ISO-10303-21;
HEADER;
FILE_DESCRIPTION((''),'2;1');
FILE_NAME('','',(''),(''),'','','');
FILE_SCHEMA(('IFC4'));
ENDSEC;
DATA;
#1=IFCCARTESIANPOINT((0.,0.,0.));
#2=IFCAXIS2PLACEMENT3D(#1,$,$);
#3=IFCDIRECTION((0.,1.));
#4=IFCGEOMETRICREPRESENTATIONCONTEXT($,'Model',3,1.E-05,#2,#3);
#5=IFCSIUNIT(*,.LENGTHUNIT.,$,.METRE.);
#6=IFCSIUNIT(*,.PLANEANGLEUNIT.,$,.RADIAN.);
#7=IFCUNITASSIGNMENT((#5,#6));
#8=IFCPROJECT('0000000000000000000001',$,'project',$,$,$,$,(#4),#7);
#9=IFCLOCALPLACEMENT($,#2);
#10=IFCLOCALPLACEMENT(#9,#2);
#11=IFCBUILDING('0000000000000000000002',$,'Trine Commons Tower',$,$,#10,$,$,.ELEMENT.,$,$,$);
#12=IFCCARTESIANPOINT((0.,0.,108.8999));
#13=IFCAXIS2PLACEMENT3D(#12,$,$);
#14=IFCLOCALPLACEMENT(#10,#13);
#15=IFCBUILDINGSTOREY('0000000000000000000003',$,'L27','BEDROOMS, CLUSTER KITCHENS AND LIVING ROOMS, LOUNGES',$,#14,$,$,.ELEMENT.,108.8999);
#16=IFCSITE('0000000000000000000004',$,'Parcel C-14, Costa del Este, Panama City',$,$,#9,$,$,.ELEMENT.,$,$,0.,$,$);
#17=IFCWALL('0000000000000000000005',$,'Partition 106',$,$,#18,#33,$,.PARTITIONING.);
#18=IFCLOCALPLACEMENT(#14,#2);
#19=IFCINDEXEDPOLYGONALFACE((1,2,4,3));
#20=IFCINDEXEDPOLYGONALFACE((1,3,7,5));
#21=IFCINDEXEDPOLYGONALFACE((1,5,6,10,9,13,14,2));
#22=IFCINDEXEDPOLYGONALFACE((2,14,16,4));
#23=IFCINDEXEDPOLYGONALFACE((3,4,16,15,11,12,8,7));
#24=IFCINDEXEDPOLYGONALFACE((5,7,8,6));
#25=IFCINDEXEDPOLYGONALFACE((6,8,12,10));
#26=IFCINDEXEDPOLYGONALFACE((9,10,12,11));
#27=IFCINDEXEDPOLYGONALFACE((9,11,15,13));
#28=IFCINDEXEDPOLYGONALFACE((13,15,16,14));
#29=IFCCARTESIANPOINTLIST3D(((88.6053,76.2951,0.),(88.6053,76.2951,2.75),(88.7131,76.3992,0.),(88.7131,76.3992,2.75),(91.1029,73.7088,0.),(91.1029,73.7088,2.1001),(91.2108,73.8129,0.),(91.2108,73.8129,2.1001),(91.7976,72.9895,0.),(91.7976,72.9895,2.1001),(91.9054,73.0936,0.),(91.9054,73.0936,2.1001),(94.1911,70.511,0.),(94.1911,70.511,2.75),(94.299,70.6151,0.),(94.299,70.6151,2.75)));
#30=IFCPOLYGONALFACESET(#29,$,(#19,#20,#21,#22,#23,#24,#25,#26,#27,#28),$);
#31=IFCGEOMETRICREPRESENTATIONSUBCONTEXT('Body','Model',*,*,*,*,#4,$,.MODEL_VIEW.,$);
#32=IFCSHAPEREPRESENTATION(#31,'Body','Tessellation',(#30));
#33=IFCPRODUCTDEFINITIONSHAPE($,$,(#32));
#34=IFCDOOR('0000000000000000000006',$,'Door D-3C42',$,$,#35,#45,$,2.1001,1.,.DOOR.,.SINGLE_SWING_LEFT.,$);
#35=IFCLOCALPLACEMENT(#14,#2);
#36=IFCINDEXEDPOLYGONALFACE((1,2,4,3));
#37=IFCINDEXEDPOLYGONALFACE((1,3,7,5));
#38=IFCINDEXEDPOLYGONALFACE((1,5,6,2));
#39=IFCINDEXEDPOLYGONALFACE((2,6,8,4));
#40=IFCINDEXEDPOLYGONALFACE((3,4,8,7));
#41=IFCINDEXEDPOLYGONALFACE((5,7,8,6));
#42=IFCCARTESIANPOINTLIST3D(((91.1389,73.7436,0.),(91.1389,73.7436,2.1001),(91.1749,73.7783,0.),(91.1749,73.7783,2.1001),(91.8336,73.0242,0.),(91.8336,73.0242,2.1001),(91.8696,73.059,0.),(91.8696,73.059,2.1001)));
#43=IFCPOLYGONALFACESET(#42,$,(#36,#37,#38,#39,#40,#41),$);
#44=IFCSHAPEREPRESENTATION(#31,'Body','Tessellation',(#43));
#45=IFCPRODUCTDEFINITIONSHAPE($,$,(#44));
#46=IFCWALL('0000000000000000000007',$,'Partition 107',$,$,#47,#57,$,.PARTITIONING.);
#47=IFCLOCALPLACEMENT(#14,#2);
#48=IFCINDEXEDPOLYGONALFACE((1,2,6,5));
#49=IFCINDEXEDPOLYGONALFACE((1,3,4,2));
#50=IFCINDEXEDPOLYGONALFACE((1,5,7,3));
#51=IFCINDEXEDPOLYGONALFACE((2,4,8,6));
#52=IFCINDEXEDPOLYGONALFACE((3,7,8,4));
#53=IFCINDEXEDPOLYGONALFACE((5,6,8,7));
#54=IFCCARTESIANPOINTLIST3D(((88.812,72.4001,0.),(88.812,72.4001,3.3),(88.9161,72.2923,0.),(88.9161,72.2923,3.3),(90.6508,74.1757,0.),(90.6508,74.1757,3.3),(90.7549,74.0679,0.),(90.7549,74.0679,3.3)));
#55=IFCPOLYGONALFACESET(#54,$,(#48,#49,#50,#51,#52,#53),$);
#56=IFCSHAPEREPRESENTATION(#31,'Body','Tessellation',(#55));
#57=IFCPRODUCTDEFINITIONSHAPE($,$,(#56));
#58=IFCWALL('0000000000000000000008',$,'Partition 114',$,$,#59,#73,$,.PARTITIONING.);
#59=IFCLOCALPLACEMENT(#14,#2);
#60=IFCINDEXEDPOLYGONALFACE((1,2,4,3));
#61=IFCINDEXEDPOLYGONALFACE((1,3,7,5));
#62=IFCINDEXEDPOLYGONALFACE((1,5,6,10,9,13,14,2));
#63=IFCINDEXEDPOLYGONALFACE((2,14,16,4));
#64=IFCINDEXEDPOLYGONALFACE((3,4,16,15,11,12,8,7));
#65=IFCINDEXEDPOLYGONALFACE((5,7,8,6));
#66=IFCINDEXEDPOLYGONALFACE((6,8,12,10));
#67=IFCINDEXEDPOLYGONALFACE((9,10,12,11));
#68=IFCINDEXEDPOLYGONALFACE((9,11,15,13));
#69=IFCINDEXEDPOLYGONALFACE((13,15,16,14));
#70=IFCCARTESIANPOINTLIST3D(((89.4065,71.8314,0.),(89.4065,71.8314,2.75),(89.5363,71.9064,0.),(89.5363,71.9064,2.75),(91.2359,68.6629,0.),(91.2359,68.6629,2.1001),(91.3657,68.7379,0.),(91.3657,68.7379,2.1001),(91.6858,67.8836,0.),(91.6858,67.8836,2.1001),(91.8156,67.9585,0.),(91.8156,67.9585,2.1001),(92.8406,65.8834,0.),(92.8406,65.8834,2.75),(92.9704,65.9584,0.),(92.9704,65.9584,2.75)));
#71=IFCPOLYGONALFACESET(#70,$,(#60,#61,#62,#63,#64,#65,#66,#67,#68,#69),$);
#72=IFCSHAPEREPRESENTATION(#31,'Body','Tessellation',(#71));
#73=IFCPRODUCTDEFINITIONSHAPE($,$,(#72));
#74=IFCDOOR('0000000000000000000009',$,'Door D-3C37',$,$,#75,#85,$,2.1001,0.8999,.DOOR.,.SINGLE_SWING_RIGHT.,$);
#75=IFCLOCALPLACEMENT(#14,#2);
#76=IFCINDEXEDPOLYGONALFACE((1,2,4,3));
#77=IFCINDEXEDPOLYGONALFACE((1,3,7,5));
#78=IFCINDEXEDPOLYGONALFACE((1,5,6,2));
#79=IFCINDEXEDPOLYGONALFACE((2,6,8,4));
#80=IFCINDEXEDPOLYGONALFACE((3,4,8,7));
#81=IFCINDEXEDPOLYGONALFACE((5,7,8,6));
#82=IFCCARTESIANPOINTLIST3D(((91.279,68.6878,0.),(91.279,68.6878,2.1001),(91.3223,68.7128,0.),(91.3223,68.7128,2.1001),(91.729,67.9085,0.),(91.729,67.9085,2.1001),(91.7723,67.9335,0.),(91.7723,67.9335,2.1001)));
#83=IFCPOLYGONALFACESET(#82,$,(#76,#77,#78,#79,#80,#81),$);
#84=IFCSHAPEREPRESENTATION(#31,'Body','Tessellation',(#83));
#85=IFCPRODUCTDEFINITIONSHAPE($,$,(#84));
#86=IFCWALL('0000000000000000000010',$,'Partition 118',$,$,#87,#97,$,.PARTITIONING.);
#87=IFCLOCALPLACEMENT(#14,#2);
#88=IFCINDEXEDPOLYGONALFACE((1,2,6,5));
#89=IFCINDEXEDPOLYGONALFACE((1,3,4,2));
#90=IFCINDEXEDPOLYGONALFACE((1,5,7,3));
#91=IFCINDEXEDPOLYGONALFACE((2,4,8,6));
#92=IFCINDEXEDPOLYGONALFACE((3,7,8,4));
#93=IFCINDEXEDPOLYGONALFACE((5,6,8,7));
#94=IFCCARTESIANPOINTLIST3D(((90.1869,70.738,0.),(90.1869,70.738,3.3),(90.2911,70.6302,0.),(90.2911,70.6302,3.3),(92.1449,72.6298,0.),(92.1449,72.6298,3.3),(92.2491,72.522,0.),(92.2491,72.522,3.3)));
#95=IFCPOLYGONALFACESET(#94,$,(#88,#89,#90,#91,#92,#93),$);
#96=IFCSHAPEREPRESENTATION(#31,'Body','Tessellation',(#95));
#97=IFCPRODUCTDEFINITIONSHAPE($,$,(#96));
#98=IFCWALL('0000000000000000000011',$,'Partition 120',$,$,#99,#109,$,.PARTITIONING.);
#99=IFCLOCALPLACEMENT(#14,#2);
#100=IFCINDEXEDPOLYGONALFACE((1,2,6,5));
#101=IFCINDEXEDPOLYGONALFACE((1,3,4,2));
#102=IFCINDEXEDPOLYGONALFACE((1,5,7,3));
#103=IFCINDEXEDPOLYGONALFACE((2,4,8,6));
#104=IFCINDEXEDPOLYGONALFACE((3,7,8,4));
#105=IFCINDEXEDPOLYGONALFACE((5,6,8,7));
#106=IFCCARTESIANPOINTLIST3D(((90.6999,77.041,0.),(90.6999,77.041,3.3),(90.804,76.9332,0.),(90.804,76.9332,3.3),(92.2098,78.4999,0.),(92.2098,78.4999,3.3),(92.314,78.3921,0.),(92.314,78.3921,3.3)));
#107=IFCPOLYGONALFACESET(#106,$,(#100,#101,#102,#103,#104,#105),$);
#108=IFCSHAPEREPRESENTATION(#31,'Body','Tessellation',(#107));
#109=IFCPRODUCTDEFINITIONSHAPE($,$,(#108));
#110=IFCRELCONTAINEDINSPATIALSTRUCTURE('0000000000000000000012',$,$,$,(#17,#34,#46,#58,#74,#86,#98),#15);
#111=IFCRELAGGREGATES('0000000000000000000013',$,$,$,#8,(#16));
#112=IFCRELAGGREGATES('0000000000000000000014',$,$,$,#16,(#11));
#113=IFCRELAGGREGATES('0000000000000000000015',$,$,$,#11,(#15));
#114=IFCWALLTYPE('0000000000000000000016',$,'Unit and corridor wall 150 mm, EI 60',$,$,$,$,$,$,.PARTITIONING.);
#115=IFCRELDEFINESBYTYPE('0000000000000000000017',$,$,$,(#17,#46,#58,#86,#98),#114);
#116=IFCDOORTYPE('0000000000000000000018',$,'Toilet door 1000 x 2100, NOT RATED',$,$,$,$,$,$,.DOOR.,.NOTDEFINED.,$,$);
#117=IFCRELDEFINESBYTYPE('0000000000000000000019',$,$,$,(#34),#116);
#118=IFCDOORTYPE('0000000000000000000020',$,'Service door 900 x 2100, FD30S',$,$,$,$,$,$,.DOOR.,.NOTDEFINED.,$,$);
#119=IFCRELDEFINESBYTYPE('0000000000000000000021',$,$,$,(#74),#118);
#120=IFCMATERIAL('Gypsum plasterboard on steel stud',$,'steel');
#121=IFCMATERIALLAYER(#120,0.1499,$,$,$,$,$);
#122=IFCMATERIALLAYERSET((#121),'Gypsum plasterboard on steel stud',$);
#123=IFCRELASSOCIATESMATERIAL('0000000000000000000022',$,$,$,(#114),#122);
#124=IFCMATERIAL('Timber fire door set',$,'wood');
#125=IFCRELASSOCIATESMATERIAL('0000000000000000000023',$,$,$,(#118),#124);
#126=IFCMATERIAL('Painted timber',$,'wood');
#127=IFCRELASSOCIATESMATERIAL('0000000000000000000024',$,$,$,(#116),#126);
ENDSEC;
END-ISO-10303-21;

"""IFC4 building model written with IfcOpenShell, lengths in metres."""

from ifc_helpers import new_model, si_unit, direction, frame, frame_2d, origin, place, context, subcontext, project, spatial, rectangle, extrude, material, layer, layer_set, type_object, element, fill, save


model = new_model("IFC4")

# Units and contexts
model_context = context("Model", 3, precision=1e-05, world=origin(), true_north=direction((0.0, 1.0)))
body_context = subcontext(model_context, "Body", "Model", "MODEL_VIEW")
ifc_project = project(units=[si_unit("LENGTHUNIT", "METRE"), si_unit("PLANEANGLEUNIT", "RADIAN")], contexts=[model_context])

# Site, building, storey
site_placement = place(None, origin())
site = spatial("IfcSite", under=ifc_project, at=site_placement, Name="Parcel C-14, Costa del Este, Panama City", CompositionType="ELEMENT", RefElevation=0.0)
building_placement = place(site_placement, origin())
building = spatial("IfcBuilding", under=site, at=building_placement, Name="Trine Commons Tower", CompositionType="ELEMENT")
storey_placement = place(building_placement, frame((0.0, 0.0, 108.8999)))
storey = spatial("IfcBuildingStorey", under=building, at=storey_placement, Name="L27", Description="BEDROOMS, CLUSTER KITCHENS AND LIVING ROOMS, LOUNGES", CompositionType="ELEMENT", Elevation=108.8999)

# Shared definitions
ifc_material_1 = material(Name="Gypsum plasterboard on steel stud", Category="steel")
ifc_layer_1 = layer(ifc_material_1, 0.1499)
ifc_layer_set_1 = layer_set([ifc_layer_1], Name="Gypsum plasterboard on steel stud")
wall_type_1 = type_object("IfcWallType", Name="Unit and corridor wall 150 mm, EI 60", PredefinedType="PARTITIONING", material=ifc_layer_set_1)
ifc_material_2 = material(Name="Timber fire door set", Category="wood")
door_type_1 = type_object("IfcDoorType", Name="Service door 900 x 2100, FD30S", OperationType="NOTDEFINED", PredefinedType="DOOR", material=ifc_material_2)

# Wall, opening, door
wall_1_placement = place(storey_placement, frame((88.6592, 76.3472, 0.0), z_axis=(0.0, 0.0, 1.0), x_axis=(0.694673, -0.719326, 0.0)))
wall_1 = element("IfcWall", 1, at=wall_1_placement, inside=storey, type_object=wall_type_1, Name="Partition 106", PredefinedType="PARTITIONING", context=body_context, shape_type="SweptSolid", body=[
    extrude(rectangle(XDim=8.041, YDim=0.1499, at=frame_2d((4.0205, 0.0))), origin(), (0.0, 0.0, 1.0), 2.75),
])
opening_1_placement = place(wall_1_placement, frame((3.5955, 0.0, 0.0)))
opening_1 = element("IfcOpeningElement", 2, at=opening_1_placement, cuts=wall_1, PredefinedType="OPENING", context=body_context, shape_type="SweptSolid", body=[
    extrude(rectangle(XDim=1.0, YDim=2.1001, at=frame_2d((0.5, 1.05))), frame((0.0, 0.085, 0.0), z_axis=(0.0, -1.0, 0.0), x_axis=(1.0, 0.0, 0.0)), (0.0, 0.0, 1.0), 0.1699),
])
ifc_material_3 = material(Name="Painted timber", Category="wood")
door_type_2 = type_object("IfcDoorType", Name="Toilet door 1000 x 2100, NOT RATED", OperationType="NOTDEFINED", PredefinedType="DOOR", material=ifc_material_3)
door_1_placement = place(opening_1_placement, frame((1.0, 0.0, 0.0), z_axis=(0.0, 0.0, 1.0), x_axis=(-1.0, 0.0, 0.0)))
door_1 = element("IfcDoor", 3, at=door_1_placement, inside=storey, type_object=door_type_2, Name="Door D-3C42", OperationType="SINGLE_SWING_LEFT", OverallHeight=2.1001, OverallWidth=1.0, PredefinedType="DOOR", context=body_context, shape_type="SweptSolid", body=[
    extrude(rectangle(XDim=1.0, YDim=2.1001, at=frame_2d((0.5, 1.05))), frame((0.0, 0.0249, 0.0), z_axis=(0.0, -1.0, 0.0), x_axis=(1.0, 0.0, 0.0)), (0.0, 0.0, 1.0), 0.05),
])
fill(opening_1, door_1)

# Wall
wall_2_placement = place(storey_placement, frame((88.864, 72.3462, 0.0), z_axis=(0.0, 0.0, 1.0), x_axis=(0.719367, 0.69463, 0.0)))
element("IfcWall", 4, at=wall_2_placement, inside=storey, type_object=wall_type_1, Name="Partition 107", PredefinedType="PARTITIONING", context=body_context, shape_type="SweptSolid", body=[
    extrude(rectangle(XDim=2.5562, YDim=0.1499, at=frame_2d((1.2781, 0.0))), origin(), (0.0, 0.0, 1.0), 3.3),
])

# Wall, opening, door
wall_3_placement = place(storey_placement, frame((89.4714, 71.8689, 0.0), z_axis=(0.0, 0.0, 1.0), x_axis=(0.5, -0.866025, 0.0)))
wall_3 = element("IfcWall", 5, at=wall_3_placement, inside=storey, type_object=wall_type_1, Name="Partition 114", PredefinedType="PARTITIONING", context=body_context, shape_type="SweptSolid", body=[
    extrude(rectangle(XDim=6.8682, YDim=0.1499, at=frame_2d((3.4341, 0.0))), origin(), (0.0, 0.0, 1.0), 2.75),
])
opening_2_placement = place(wall_3_placement, frame((3.6587, 0.0, 0.0)))
opening_2 = element("IfcOpeningElement", 6, at=opening_2_placement, cuts=wall_3, PredefinedType="OPENING", context=body_context, shape_type="SweptSolid", body=[
    extrude(rectangle(XDim=0.8999, YDim=2.1001, at=frame_2d((0.45, 1.05))), frame((0.0, 0.085, 0.0), z_axis=(0.0, -1.0, 0.0), x_axis=(1.0, 0.0, 0.0)), (0.0, 0.0, 1.0), 0.1699),
])
door_2_placement = place(opening_2_placement, origin())
door_2 = element("IfcDoor", 7, at=door_2_placement, inside=storey, type_object=door_type_1, Name="Door D-3C37", OperationType="SINGLE_SWING_RIGHT", OverallHeight=2.1001, OverallWidth=0.8999, PredefinedType="DOOR", context=body_context, shape_type="SweptSolid", body=[
    extrude(rectangle(XDim=0.8999, YDim=2.1001, at=frame_2d((0.45, 1.05))), frame((0.0, 0.0249, 0.0), z_axis=(0.0, -1.0, 0.0), x_axis=(1.0, 0.0, 0.0)), (0.0, 0.0, 1.0), 0.05),
])
fill(opening_2, door_2)

# Walls
wall_4_placement = place(storey_placement, frame((90.239, 70.6841, 0.0), z_axis=(0.0, 0.0, 1.0), x_axis=(0.719153, 0.694852, 0.0)))
element("IfcWall", 8, at=wall_4_placement, inside=storey, type_object=wall_type_1, Name="Partition 118", PredefinedType="PARTITIONING", context=body_context, shape_type="SweptSolid", body=[
    extrude(rectangle(XDim=2.7227, YDim=0.1499, at=frame_2d((1.3613, 0.0))), origin(), (0.0, 0.0, 1.0), 3.3),
])
wall_5_placement = place(storey_placement, frame((90.752, 76.9871, 0.0), z_axis=(0.0, 0.0, 1.0), x_axis=(0.719153, 0.694852, 0.0)))
element("IfcWall", 9, at=wall_5_placement, inside=storey, type_object=wall_type_1, Name="Partition 120", PredefinedType="PARTITIONING", context=body_context, shape_type="SweptSolid", body=[
    extrude(rectangle(XDim=2.0996, YDim=0.1499, at=frame_2d((1.0498, 0.0))), origin(), (0.0, 0.0, 1.0), 3.3),
])

save(model, "model.ifc")
